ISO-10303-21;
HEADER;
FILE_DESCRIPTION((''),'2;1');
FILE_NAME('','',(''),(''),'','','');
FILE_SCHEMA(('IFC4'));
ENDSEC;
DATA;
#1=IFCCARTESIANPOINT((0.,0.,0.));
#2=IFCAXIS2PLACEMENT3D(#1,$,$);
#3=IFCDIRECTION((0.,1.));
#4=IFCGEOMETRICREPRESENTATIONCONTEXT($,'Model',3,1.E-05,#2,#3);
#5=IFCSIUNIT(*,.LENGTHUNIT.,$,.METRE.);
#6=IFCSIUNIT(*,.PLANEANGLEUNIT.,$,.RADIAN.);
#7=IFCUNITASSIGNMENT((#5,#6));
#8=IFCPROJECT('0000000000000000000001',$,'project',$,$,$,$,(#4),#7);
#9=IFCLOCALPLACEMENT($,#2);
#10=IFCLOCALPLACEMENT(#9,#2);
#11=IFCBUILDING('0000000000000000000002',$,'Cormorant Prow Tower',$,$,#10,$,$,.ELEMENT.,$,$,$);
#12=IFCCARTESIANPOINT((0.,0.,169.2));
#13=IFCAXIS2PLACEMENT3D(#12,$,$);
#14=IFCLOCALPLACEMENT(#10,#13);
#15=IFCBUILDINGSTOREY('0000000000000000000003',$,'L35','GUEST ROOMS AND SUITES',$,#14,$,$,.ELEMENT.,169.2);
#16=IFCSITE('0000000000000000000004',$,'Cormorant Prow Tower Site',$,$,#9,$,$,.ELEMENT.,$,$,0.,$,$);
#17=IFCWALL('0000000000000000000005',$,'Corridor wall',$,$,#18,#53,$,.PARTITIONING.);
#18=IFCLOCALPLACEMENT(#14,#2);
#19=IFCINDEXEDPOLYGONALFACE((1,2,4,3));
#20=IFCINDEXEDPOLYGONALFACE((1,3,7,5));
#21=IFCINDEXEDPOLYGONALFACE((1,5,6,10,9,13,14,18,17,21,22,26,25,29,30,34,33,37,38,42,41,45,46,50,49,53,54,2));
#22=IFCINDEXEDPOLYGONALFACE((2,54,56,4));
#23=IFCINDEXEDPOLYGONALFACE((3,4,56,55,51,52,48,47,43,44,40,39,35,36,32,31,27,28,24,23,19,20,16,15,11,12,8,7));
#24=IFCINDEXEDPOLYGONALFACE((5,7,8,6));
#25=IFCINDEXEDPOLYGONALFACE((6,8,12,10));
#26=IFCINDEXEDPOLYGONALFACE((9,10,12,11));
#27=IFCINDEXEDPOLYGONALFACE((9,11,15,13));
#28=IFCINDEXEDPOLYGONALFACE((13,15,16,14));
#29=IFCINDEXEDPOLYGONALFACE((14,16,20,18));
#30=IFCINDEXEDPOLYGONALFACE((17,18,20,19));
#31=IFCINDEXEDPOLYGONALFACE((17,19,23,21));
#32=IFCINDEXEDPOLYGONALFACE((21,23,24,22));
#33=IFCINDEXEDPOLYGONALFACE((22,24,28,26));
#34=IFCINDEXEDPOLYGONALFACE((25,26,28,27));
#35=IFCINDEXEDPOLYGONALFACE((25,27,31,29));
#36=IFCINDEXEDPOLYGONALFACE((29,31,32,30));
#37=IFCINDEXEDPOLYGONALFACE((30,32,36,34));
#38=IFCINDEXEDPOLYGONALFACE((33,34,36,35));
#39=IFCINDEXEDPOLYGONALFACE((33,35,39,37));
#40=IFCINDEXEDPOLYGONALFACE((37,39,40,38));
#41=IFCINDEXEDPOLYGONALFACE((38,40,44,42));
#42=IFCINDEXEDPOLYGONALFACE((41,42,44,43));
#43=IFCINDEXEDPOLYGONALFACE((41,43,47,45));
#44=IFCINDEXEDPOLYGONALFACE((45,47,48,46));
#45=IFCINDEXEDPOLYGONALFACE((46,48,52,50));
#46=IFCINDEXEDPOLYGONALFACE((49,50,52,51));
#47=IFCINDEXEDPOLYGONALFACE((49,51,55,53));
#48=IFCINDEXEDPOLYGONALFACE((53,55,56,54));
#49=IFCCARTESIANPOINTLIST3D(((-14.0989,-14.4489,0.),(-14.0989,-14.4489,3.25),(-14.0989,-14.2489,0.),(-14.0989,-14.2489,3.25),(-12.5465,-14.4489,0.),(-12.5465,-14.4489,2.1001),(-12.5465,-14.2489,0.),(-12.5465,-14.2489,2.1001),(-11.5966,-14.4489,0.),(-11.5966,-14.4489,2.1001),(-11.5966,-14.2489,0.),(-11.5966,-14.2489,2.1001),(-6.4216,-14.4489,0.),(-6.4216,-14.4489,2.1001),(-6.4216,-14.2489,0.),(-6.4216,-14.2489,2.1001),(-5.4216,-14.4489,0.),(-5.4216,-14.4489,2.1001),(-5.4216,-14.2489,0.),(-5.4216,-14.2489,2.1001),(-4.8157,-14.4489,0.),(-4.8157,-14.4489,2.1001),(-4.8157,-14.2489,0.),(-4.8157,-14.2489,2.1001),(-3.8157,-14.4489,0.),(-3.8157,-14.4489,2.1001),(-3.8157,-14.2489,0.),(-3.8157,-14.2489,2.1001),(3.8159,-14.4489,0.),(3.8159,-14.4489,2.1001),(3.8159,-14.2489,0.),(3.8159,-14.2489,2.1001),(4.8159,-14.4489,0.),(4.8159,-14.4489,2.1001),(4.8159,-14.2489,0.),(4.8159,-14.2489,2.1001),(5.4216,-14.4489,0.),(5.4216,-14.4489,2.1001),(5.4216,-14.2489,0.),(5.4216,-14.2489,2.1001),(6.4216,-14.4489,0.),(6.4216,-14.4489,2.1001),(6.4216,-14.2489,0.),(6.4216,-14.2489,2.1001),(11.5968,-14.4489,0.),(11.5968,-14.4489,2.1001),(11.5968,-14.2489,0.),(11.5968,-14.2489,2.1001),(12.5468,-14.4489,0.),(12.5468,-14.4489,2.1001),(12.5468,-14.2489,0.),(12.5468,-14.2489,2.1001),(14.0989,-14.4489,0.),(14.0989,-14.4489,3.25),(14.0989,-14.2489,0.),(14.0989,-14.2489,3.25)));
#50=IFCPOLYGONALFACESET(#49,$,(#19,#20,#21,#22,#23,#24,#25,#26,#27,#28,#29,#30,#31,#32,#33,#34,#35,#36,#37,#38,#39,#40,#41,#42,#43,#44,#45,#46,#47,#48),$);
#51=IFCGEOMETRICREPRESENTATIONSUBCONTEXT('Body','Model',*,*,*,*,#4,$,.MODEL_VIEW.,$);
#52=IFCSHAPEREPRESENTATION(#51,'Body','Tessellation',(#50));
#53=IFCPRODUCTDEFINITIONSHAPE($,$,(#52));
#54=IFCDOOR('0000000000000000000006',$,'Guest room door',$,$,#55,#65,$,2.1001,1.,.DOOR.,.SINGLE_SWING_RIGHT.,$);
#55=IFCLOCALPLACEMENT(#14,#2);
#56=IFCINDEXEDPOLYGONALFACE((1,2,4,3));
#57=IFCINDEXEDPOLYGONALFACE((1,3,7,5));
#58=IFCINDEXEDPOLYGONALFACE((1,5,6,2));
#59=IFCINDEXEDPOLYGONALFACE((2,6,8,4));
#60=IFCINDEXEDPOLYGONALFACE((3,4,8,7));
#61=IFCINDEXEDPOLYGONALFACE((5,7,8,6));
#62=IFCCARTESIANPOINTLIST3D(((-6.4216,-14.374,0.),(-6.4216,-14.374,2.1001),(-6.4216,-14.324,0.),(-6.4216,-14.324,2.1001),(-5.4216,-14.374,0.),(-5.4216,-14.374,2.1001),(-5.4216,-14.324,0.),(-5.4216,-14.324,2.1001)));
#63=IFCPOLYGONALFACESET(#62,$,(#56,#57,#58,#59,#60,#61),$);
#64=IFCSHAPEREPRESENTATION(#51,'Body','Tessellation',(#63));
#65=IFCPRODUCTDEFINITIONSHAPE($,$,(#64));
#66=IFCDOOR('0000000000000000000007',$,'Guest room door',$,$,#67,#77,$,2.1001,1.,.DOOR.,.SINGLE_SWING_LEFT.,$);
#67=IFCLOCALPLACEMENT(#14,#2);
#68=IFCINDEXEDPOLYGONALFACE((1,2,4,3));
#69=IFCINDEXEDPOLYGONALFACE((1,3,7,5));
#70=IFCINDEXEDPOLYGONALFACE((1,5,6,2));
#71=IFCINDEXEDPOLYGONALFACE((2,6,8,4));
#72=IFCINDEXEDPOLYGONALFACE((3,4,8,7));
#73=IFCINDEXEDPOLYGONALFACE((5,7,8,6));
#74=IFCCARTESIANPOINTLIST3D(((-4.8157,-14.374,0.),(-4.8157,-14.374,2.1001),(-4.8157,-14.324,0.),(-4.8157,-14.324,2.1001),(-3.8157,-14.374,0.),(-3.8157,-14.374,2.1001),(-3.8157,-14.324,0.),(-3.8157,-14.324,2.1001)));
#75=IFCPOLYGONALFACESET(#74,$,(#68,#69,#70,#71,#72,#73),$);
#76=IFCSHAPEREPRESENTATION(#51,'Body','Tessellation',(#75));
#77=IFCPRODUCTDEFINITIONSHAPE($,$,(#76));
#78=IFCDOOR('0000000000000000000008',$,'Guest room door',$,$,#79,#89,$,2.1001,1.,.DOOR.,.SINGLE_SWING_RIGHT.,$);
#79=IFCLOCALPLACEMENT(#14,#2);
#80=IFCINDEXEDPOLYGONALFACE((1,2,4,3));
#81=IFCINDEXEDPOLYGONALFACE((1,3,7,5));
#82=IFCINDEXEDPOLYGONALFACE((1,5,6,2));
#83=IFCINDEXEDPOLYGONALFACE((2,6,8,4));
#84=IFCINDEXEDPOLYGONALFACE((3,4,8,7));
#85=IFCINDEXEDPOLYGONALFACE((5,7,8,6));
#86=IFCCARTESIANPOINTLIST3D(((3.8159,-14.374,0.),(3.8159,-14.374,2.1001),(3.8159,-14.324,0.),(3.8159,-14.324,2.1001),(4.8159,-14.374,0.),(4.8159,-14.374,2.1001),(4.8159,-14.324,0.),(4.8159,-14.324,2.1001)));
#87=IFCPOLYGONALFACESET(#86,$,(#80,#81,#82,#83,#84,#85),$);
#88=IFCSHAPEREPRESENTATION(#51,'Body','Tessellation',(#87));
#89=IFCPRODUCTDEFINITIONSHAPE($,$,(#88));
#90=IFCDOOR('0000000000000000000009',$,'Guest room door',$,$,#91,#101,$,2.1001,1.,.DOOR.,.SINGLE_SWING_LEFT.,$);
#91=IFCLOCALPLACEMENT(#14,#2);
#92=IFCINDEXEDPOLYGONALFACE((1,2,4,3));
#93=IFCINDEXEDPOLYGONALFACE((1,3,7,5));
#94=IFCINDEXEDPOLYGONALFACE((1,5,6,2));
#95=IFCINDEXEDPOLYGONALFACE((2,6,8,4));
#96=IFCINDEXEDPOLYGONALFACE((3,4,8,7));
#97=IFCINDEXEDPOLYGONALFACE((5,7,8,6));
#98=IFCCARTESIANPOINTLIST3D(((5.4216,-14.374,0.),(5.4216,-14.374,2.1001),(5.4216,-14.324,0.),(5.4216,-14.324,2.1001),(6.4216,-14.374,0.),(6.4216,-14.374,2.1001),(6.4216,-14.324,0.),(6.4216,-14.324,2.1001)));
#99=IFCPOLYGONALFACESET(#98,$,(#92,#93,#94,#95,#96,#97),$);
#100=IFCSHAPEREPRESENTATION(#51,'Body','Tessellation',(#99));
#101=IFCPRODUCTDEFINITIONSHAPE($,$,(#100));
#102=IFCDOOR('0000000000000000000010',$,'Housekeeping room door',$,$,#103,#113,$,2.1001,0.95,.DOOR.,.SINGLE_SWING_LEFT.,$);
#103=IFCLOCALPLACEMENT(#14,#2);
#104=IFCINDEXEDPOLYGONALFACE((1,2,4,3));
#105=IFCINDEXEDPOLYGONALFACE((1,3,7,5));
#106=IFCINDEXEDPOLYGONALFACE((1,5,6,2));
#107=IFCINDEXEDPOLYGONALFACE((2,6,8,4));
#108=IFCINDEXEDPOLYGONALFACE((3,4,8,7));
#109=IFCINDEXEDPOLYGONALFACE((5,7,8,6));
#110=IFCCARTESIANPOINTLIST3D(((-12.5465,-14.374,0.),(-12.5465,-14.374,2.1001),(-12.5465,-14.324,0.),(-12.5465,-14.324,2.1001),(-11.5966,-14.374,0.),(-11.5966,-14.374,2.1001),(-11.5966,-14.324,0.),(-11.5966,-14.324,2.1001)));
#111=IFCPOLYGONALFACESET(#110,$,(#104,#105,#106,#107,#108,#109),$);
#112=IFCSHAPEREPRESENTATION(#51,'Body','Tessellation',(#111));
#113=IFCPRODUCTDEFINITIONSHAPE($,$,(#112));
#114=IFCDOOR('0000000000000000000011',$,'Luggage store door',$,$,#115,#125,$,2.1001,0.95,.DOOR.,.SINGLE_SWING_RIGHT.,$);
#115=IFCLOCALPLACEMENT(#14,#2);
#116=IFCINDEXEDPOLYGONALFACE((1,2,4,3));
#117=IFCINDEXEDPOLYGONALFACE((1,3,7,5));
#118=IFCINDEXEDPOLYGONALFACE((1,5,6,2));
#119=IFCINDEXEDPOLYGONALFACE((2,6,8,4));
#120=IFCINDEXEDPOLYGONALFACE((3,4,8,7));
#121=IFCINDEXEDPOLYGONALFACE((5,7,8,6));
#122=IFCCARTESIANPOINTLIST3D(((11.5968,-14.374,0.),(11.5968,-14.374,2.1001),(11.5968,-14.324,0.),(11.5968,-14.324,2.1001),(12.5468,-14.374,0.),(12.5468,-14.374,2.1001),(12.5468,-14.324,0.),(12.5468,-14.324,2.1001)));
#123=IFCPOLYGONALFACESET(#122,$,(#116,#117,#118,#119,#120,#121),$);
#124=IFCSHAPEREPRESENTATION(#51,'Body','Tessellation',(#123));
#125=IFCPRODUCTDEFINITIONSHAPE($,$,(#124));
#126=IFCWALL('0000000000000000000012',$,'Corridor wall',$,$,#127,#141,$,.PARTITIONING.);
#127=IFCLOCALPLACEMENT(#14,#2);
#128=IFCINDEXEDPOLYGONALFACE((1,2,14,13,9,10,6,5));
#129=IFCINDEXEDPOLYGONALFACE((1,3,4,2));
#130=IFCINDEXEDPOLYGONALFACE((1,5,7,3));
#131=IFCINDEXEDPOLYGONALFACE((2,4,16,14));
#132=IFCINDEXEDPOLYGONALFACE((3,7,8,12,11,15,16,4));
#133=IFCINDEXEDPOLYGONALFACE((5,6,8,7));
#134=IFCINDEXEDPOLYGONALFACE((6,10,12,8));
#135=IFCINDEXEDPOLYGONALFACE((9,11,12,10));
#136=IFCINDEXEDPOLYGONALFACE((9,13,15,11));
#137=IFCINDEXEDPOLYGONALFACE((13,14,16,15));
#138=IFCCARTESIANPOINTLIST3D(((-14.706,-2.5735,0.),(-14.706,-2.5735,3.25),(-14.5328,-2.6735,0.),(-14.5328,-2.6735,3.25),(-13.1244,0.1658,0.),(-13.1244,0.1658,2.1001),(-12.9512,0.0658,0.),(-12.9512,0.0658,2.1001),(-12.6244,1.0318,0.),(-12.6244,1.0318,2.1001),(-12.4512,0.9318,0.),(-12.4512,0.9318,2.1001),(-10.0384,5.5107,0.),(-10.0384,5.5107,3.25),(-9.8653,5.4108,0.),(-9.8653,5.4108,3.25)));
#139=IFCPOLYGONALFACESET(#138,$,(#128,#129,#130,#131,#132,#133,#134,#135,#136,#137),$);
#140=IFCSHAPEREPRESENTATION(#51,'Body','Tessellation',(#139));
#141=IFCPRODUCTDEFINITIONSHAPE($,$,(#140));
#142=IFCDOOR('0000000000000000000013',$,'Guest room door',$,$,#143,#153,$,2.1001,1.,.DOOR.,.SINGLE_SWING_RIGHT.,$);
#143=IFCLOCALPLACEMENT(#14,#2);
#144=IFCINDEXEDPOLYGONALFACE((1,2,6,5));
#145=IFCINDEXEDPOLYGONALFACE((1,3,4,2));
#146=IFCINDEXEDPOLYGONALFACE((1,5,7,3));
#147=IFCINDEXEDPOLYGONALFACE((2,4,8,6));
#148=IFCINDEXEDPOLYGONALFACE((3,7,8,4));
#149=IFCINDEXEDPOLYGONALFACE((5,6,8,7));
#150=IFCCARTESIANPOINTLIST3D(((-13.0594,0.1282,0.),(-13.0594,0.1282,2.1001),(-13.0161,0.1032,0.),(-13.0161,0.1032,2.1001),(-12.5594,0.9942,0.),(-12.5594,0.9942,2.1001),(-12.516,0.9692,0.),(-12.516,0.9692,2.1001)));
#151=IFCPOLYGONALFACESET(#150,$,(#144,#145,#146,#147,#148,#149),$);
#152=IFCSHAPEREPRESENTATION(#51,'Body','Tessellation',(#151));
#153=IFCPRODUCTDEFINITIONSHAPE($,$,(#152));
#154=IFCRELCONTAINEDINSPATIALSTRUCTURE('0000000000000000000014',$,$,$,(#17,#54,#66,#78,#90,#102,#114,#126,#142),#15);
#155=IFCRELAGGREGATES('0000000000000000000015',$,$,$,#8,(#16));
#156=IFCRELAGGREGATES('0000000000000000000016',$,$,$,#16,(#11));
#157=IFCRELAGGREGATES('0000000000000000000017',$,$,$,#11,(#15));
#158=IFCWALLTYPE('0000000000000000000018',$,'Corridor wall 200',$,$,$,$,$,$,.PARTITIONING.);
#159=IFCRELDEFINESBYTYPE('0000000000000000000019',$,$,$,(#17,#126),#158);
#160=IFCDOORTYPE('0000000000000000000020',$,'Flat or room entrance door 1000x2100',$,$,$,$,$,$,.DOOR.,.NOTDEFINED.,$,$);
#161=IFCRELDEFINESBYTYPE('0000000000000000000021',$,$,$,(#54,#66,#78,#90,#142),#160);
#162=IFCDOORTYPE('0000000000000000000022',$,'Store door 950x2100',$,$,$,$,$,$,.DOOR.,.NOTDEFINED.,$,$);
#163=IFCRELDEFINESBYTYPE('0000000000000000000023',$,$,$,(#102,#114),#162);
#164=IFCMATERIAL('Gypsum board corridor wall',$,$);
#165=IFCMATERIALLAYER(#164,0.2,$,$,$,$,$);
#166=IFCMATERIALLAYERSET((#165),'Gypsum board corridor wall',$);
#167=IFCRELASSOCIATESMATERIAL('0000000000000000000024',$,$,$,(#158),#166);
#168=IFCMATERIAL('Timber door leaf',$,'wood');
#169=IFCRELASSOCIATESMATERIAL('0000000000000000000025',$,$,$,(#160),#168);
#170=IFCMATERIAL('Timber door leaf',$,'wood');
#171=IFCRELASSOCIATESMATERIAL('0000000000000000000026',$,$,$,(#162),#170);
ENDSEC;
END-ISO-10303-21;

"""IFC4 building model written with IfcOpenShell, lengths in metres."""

from ifc_helpers import new_model, si_unit, direction, frame, frame_2d, origin, place, context, subcontext, project, spatial, rectangle, extrude, material, layer, layer_set, type_object, element, fill, save


model = new_model("IFC4")

# Units and contexts
model_context = context("Model", 3, precision=1e-05, world=origin(), true_north=direction((0.0, 1.0)))
body_context = subcontext(model_context, "Body", "Model", "MODEL_VIEW")
ifc_project = project(units=[si_unit("LENGTHUNIT", "METRE"), si_unit("PLANEANGLEUNIT", "RADIAN")], contexts=[model_context])

# Site, building, storey
site_placement = place(None, origin())
site = spatial("IfcSite", under=ifc_project, at=site_placement, Name="Cormorant Prow Tower Site", CompositionType="ELEMENT", RefElevation=0.0)
building_placement = place(site_placement, origin())
building = spatial("IfcBuilding", under=site, at=building_placement, Name="Cormorant Prow Tower", CompositionType="ELEMENT")
storey_placement = place(building_placement, frame((0.0, 0.0, 169.2)))
storey = spatial("IfcBuildingStorey", under=building, at=storey_placement, Name="L35", Description="GUEST ROOMS AND SUITES", CompositionType="ELEMENT", Elevation=169.2)

# Wall, openings, doors
ifc_material_1 = material(Name="Gypsum board corridor wall")
ifc_layer_1 = layer(ifc_material_1, 0.2)
ifc_layer_set_1 = layer_set([ifc_layer_1], Name="Gypsum board corridor wall")
wall_type_1 = type_object("IfcWallType", Name="Corridor wall 200", PredefinedType="PARTITIONING", material=ifc_layer_set_1)
wall_1_placement = place(storey_placement, frame((-14.0989, -14.3489, 0.0), z_axis=(0.0, 0.0, 1.0), x_axis=(1.0, 0.0, 0.0)))
wall_1 = element("IfcWall", 1, at=wall_1_placement, inside=storey, type_object=wall_type_1, Name="Corridor wall", PredefinedType="PARTITIONING", context=body_context, shape_type="SweptSolid", body=[
    extrude(rectangle(XDim=28.1978, YDim=0.2, at=frame_2d((14.0989, 0.0))), origin(), (0.0, 0.0, 1.0), 3.25),
])
opening_1_placement = place(wall_1_placement, frame((1.5522, 0.0, 0.0)))
opening_1 = element("IfcOpeningElement", 2, at=opening_1_placement, cuts=wall_1, PredefinedType="OPENING", context=body_context, shape_type="SweptSolid", body=[
    extrude(rectangle(XDim=0.95, YDim=2.1001, at=frame_2d((0.4751, 1.05))), frame((0.0, 0.1099, 0.0), z_axis=(0.0, -1.0, 0.0), x_axis=(1.0, 0.0, 0.0)), (0.0, 0.0, 1.0), 0.22),
])
opening_2_placement = place(wall_1_placement, frame((7.6772, 0.0, 0.0)))
opening_2 = element("IfcOpeningElement", 3, at=opening_2_placement, cuts=wall_1, PredefinedType="OPENING", context=body_context, shape_type="SweptSolid", body=[
    extrude(rectangle(XDim=1.0, YDim=2.1001, at=frame_2d((0.5, 1.05))), frame((0.0, 0.1099, 0.0), z_axis=(0.0, -1.0, 0.0), x_axis=(1.0, 0.0, 0.0)), (0.0, 0.0, 1.0), 0.22),
])
opening_3_placement = place(wall_1_placement, frame((9.2832, 0.0, 0.0)))
opening_3 = element("IfcOpeningElement", 4, at=opening_3_placement, cuts=wall_1, PredefinedType="OPENING", context=body_context, shape_type="SweptSolid", body=[
    extrude(rectangle(XDim=1.0, YDim=2.1001, at=frame_2d((0.5, 1.05))), frame((0.0, 0.1099, 0.0), z_axis=(0.0, -1.0, 0.0), x_axis=(1.0, 0.0, 0.0)), (0.0, 0.0, 1.0), 0.22),
])
opening_4_placement = place(wall_1_placement, frame((17.9148, 0.0, 0.0)))
opening_4 = element("IfcOpeningElement", 5, at=opening_4_placement, cuts=wall_1, PredefinedType="OPENING", context=body_context, shape_type="SweptSolid", body=[
    extrude(rectangle(XDim=1.0, YDim=2.1001, at=frame_2d((0.5, 1.05))), frame((0.0, 0.1099, 0.0), z_axis=(0.0, -1.0, 0.0), x_axis=(1.0, 0.0, 0.0)), (0.0, 0.0, 1.0), 0.22),
])
opening_5_placement = place(wall_1_placement, frame((19.5205, 0.0, 0.0)))
opening_5 = element("IfcOpeningElement", 6, at=opening_5_placement, cuts=wall_1, PredefinedType="OPENING", context=body_context, shape_type="SweptSolid", body=[
    extrude(rectangle(XDim=1.0, YDim=2.1001, at=frame_2d((0.5, 1.05))), frame((0.0, 0.1099, 0.0), z_axis=(0.0, -1.0, 0.0), x_axis=(1.0, 0.0, 0.0)), (0.0, 0.0, 1.0), 0.22),
])
opening_6_placement = place(wall_1_placement, frame((25.6956, 0.0, 0.0)))
opening_6 = element("IfcOpeningElement", 7, at=opening_6_placement, cuts=wall_1, PredefinedType="OPENING", context=body_context, shape_type="SweptSolid", body=[
    extrude(rectangle(XDim=0.95, YDim=2.1001, at=frame_2d((0.4751, 1.05))), frame((0.0, 0.1099, 0.0), z_axis=(0.0, -1.0, 0.0), x_axis=(1.0, 0.0, 0.0)), (0.0, 0.0, 1.0), 0.22),
])
ifc_material_2 = material(Name="Timber door leaf", Category="wood")
door_type_1 = type_object("IfcDoorType", Name="Flat or room entrance door 1000x2100", OperationType="NOTDEFINED", PredefinedType="DOOR", material=ifc_material_2)
door_1_placement = place(opening_2_placement, origin())
door_1 = element("IfcDoor", 8, at=door_1_placement, inside=storey, type_object=door_type_1, Name="Guest room door", OperationType="SINGLE_SWING_RIGHT", OverallHeight=2.1001, OverallWidth=1.0, PredefinedType="DOOR", context=body_context, shape_type="SweptSolid", body=[
    extrude(rectangle(XDim=1.0, YDim=2.1001, at=frame_2d((0.5, 1.05))), frame((0.0, 0.0249, 0.0), z_axis=(0.0, -1.0, 0.0), x_axis=(1.0, 0.0, 0.0)), (0.0, 0.0, 1.0), 0.05),
])
fill(opening_2, door_1)
door_2_placement = place(opening_3_placement, origin())
door_2 = element("IfcDoor", 9, at=door_2_placement, inside=storey, type_object=door_type_1, Name="Guest room door", OperationType="SINGLE_SWING_LEFT", OverallHeight=2.1001, OverallWidth=1.0, PredefinedType="DOOR", context=body_context, shape_type="SweptSolid", body=[
    extrude(rectangle(XDim=1.0, YDim=2.1001, at=frame_2d((0.5, 1.05))), frame((0.0, 0.0249, 0.0), z_axis=(0.0, -1.0, 0.0), x_axis=(1.0, 0.0, 0.0)), (0.0, 0.0, 1.0), 0.05),
])
fill(opening_3, door_2)
door_3_placement = place(opening_4_placement, origin())
door_3 = element("IfcDoor", 10, at=door_3_placement, inside=storey, type_object=door_type_1, Name="Guest room door", OperationType="SINGLE_SWING_RIGHT", OverallHeight=2.1001, OverallWidth=1.0, PredefinedType="DOOR", context=body_context, shape_type="SweptSolid", body=[
    extrude(rectangle(XDim=1.0, YDim=2.1001, at=frame_2d((0.5, 1.05))), frame((0.0, 0.0249, 0.0), z_axis=(0.0, -1.0, 0.0), x_axis=(1.0, 0.0, 0.0)), (0.0, 0.0, 1.0), 0.05),
])
fill(opening_4, door_3)
door_4_placement = place(opening_5_placement, origin())
door_4 = element("IfcDoor", 11, at=door_4_placement, inside=storey, type_object=door_type_1, Name="Guest room door", OperationType="SINGLE_SWING_LEFT", OverallHeight=2.1001, OverallWidth=1.0, PredefinedType="DOOR", context=body_context, shape_type="SweptSolid", body=[
    extrude(rectangle(XDim=1.0, YDim=2.1001, at=frame_2d((0.5, 1.05))), frame((0.0, 0.0249, 0.0), z_axis=(0.0, -1.0, 0.0), x_axis=(1.0, 0.0, 0.0)), (0.0, 0.0, 1.0), 0.05),
])
fill(opening_5, door_4)
ifc_material_3 = material(Name="Timber door leaf", Category="wood")
door_type_2 = type_object("IfcDoorType", Name="Store door 950x2100", OperationType="NOTDEFINED", PredefinedType="DOOR", material=ifc_material_3)
door_5_placement = place(opening_1_placement, origin())
door_5 = element("IfcDoor", 12, at=door_5_placement, inside=storey, type_object=door_type_2, Name="Housekeeping room door", OperationType="SINGLE_SWING_LEFT", OverallHeight=2.1001, OverallWidth=0.95, PredefinedType="DOOR", context=body_context, shape_type="SweptSolid", body=[
    extrude(rectangle(XDim=0.95, YDim=2.1001, at=frame_2d((0.4751, 1.05))), frame((0.0, 0.0249, 0.0), z_axis=(0.0, -1.0, 0.0), x_axis=(1.0, 0.0, 0.0)), (0.0, 0.0, 1.0), 0.05),
])
fill(opening_1, door_5)
door_6_placement = place(opening_6_placement, origin())
door_6 = element("IfcDoor", 13, at=door_6_placement, inside=storey, type_object=door_type_2, Name="Luggage store door", OperationType="SINGLE_SWING_RIGHT", OverallHeight=2.1001, OverallWidth=0.95, PredefinedType="DOOR", context=body_context, shape_type="SweptSolid", body=[
    extrude(rectangle(XDim=0.95, YDim=2.1001, at=frame_2d((0.4751, 1.05))), frame((0.0, 0.0249, 0.0), z_axis=(0.0, -1.0, 0.0), x_axis=(1.0, 0.0, 0.0)), (0.0, 0.0, 1.0), 0.05),
])
fill(opening_6, door_6)

# Wall, opening, door
wall_2_placement = place(storey_placement, frame((-14.6194, -2.6235, 0.0), z_axis=(0.0, 0.0, 1.0), x_axis=(0.500004, 0.866023, 0.0)))
wall_2 = element("IfcWall", 14, at=wall_2_placement, inside=storey, type_object=wall_type_1, Name="Corridor wall", PredefinedType="PARTITIONING", context=body_context, shape_type="SweptSolid", body=[
    extrude(rectangle(XDim=9.335, YDim=0.2, at=frame_2d((4.6675, 0.0))), origin(), (0.0, 0.0, 1.0), 3.25),
])
opening_7_placement = place(wall_2_placement, frame((3.1631, 0.0, 0.0)))
opening_7 = element("IfcOpeningElement", 15, at=opening_7_placement, cuts=wall_2, PredefinedType="OPENING", context=body_context, shape_type="SweptSolid", body=[
    extrude(rectangle(XDim=1.0, YDim=2.1001, at=frame_2d((0.5, 1.05))), frame((0.0, 0.1099, 0.0), z_axis=(0.0, -1.0, 0.0), x_axis=(1.0, 0.0, 0.0)), (0.0, 0.0, 1.0), 0.22),
])
door_7_placement = place(opening_7_placement, origin())
door_7 = element("IfcDoor", 16, at=door_7_placement, inside=storey, type_object=door_type_1, Name="Guest room door", OperationType="SINGLE_SWING_RIGHT", OverallHeight=2.1001, OverallWidth=1.0, PredefinedType="DOOR", context=body_context, shape_type="SweptSolid", body=[
    extrude(rectangle(XDim=1.0, YDim=2.1001, at=frame_2d((0.5, 1.05))), frame((0.0, 0.0249, 0.0), z_axis=(0.0, -1.0, 0.0), x_axis=(1.0, 0.0, 0.0)), (0.0, 0.0, 1.0), 0.05),
])
fill(opening_7, door_7)

save(model, "model.ifc")
